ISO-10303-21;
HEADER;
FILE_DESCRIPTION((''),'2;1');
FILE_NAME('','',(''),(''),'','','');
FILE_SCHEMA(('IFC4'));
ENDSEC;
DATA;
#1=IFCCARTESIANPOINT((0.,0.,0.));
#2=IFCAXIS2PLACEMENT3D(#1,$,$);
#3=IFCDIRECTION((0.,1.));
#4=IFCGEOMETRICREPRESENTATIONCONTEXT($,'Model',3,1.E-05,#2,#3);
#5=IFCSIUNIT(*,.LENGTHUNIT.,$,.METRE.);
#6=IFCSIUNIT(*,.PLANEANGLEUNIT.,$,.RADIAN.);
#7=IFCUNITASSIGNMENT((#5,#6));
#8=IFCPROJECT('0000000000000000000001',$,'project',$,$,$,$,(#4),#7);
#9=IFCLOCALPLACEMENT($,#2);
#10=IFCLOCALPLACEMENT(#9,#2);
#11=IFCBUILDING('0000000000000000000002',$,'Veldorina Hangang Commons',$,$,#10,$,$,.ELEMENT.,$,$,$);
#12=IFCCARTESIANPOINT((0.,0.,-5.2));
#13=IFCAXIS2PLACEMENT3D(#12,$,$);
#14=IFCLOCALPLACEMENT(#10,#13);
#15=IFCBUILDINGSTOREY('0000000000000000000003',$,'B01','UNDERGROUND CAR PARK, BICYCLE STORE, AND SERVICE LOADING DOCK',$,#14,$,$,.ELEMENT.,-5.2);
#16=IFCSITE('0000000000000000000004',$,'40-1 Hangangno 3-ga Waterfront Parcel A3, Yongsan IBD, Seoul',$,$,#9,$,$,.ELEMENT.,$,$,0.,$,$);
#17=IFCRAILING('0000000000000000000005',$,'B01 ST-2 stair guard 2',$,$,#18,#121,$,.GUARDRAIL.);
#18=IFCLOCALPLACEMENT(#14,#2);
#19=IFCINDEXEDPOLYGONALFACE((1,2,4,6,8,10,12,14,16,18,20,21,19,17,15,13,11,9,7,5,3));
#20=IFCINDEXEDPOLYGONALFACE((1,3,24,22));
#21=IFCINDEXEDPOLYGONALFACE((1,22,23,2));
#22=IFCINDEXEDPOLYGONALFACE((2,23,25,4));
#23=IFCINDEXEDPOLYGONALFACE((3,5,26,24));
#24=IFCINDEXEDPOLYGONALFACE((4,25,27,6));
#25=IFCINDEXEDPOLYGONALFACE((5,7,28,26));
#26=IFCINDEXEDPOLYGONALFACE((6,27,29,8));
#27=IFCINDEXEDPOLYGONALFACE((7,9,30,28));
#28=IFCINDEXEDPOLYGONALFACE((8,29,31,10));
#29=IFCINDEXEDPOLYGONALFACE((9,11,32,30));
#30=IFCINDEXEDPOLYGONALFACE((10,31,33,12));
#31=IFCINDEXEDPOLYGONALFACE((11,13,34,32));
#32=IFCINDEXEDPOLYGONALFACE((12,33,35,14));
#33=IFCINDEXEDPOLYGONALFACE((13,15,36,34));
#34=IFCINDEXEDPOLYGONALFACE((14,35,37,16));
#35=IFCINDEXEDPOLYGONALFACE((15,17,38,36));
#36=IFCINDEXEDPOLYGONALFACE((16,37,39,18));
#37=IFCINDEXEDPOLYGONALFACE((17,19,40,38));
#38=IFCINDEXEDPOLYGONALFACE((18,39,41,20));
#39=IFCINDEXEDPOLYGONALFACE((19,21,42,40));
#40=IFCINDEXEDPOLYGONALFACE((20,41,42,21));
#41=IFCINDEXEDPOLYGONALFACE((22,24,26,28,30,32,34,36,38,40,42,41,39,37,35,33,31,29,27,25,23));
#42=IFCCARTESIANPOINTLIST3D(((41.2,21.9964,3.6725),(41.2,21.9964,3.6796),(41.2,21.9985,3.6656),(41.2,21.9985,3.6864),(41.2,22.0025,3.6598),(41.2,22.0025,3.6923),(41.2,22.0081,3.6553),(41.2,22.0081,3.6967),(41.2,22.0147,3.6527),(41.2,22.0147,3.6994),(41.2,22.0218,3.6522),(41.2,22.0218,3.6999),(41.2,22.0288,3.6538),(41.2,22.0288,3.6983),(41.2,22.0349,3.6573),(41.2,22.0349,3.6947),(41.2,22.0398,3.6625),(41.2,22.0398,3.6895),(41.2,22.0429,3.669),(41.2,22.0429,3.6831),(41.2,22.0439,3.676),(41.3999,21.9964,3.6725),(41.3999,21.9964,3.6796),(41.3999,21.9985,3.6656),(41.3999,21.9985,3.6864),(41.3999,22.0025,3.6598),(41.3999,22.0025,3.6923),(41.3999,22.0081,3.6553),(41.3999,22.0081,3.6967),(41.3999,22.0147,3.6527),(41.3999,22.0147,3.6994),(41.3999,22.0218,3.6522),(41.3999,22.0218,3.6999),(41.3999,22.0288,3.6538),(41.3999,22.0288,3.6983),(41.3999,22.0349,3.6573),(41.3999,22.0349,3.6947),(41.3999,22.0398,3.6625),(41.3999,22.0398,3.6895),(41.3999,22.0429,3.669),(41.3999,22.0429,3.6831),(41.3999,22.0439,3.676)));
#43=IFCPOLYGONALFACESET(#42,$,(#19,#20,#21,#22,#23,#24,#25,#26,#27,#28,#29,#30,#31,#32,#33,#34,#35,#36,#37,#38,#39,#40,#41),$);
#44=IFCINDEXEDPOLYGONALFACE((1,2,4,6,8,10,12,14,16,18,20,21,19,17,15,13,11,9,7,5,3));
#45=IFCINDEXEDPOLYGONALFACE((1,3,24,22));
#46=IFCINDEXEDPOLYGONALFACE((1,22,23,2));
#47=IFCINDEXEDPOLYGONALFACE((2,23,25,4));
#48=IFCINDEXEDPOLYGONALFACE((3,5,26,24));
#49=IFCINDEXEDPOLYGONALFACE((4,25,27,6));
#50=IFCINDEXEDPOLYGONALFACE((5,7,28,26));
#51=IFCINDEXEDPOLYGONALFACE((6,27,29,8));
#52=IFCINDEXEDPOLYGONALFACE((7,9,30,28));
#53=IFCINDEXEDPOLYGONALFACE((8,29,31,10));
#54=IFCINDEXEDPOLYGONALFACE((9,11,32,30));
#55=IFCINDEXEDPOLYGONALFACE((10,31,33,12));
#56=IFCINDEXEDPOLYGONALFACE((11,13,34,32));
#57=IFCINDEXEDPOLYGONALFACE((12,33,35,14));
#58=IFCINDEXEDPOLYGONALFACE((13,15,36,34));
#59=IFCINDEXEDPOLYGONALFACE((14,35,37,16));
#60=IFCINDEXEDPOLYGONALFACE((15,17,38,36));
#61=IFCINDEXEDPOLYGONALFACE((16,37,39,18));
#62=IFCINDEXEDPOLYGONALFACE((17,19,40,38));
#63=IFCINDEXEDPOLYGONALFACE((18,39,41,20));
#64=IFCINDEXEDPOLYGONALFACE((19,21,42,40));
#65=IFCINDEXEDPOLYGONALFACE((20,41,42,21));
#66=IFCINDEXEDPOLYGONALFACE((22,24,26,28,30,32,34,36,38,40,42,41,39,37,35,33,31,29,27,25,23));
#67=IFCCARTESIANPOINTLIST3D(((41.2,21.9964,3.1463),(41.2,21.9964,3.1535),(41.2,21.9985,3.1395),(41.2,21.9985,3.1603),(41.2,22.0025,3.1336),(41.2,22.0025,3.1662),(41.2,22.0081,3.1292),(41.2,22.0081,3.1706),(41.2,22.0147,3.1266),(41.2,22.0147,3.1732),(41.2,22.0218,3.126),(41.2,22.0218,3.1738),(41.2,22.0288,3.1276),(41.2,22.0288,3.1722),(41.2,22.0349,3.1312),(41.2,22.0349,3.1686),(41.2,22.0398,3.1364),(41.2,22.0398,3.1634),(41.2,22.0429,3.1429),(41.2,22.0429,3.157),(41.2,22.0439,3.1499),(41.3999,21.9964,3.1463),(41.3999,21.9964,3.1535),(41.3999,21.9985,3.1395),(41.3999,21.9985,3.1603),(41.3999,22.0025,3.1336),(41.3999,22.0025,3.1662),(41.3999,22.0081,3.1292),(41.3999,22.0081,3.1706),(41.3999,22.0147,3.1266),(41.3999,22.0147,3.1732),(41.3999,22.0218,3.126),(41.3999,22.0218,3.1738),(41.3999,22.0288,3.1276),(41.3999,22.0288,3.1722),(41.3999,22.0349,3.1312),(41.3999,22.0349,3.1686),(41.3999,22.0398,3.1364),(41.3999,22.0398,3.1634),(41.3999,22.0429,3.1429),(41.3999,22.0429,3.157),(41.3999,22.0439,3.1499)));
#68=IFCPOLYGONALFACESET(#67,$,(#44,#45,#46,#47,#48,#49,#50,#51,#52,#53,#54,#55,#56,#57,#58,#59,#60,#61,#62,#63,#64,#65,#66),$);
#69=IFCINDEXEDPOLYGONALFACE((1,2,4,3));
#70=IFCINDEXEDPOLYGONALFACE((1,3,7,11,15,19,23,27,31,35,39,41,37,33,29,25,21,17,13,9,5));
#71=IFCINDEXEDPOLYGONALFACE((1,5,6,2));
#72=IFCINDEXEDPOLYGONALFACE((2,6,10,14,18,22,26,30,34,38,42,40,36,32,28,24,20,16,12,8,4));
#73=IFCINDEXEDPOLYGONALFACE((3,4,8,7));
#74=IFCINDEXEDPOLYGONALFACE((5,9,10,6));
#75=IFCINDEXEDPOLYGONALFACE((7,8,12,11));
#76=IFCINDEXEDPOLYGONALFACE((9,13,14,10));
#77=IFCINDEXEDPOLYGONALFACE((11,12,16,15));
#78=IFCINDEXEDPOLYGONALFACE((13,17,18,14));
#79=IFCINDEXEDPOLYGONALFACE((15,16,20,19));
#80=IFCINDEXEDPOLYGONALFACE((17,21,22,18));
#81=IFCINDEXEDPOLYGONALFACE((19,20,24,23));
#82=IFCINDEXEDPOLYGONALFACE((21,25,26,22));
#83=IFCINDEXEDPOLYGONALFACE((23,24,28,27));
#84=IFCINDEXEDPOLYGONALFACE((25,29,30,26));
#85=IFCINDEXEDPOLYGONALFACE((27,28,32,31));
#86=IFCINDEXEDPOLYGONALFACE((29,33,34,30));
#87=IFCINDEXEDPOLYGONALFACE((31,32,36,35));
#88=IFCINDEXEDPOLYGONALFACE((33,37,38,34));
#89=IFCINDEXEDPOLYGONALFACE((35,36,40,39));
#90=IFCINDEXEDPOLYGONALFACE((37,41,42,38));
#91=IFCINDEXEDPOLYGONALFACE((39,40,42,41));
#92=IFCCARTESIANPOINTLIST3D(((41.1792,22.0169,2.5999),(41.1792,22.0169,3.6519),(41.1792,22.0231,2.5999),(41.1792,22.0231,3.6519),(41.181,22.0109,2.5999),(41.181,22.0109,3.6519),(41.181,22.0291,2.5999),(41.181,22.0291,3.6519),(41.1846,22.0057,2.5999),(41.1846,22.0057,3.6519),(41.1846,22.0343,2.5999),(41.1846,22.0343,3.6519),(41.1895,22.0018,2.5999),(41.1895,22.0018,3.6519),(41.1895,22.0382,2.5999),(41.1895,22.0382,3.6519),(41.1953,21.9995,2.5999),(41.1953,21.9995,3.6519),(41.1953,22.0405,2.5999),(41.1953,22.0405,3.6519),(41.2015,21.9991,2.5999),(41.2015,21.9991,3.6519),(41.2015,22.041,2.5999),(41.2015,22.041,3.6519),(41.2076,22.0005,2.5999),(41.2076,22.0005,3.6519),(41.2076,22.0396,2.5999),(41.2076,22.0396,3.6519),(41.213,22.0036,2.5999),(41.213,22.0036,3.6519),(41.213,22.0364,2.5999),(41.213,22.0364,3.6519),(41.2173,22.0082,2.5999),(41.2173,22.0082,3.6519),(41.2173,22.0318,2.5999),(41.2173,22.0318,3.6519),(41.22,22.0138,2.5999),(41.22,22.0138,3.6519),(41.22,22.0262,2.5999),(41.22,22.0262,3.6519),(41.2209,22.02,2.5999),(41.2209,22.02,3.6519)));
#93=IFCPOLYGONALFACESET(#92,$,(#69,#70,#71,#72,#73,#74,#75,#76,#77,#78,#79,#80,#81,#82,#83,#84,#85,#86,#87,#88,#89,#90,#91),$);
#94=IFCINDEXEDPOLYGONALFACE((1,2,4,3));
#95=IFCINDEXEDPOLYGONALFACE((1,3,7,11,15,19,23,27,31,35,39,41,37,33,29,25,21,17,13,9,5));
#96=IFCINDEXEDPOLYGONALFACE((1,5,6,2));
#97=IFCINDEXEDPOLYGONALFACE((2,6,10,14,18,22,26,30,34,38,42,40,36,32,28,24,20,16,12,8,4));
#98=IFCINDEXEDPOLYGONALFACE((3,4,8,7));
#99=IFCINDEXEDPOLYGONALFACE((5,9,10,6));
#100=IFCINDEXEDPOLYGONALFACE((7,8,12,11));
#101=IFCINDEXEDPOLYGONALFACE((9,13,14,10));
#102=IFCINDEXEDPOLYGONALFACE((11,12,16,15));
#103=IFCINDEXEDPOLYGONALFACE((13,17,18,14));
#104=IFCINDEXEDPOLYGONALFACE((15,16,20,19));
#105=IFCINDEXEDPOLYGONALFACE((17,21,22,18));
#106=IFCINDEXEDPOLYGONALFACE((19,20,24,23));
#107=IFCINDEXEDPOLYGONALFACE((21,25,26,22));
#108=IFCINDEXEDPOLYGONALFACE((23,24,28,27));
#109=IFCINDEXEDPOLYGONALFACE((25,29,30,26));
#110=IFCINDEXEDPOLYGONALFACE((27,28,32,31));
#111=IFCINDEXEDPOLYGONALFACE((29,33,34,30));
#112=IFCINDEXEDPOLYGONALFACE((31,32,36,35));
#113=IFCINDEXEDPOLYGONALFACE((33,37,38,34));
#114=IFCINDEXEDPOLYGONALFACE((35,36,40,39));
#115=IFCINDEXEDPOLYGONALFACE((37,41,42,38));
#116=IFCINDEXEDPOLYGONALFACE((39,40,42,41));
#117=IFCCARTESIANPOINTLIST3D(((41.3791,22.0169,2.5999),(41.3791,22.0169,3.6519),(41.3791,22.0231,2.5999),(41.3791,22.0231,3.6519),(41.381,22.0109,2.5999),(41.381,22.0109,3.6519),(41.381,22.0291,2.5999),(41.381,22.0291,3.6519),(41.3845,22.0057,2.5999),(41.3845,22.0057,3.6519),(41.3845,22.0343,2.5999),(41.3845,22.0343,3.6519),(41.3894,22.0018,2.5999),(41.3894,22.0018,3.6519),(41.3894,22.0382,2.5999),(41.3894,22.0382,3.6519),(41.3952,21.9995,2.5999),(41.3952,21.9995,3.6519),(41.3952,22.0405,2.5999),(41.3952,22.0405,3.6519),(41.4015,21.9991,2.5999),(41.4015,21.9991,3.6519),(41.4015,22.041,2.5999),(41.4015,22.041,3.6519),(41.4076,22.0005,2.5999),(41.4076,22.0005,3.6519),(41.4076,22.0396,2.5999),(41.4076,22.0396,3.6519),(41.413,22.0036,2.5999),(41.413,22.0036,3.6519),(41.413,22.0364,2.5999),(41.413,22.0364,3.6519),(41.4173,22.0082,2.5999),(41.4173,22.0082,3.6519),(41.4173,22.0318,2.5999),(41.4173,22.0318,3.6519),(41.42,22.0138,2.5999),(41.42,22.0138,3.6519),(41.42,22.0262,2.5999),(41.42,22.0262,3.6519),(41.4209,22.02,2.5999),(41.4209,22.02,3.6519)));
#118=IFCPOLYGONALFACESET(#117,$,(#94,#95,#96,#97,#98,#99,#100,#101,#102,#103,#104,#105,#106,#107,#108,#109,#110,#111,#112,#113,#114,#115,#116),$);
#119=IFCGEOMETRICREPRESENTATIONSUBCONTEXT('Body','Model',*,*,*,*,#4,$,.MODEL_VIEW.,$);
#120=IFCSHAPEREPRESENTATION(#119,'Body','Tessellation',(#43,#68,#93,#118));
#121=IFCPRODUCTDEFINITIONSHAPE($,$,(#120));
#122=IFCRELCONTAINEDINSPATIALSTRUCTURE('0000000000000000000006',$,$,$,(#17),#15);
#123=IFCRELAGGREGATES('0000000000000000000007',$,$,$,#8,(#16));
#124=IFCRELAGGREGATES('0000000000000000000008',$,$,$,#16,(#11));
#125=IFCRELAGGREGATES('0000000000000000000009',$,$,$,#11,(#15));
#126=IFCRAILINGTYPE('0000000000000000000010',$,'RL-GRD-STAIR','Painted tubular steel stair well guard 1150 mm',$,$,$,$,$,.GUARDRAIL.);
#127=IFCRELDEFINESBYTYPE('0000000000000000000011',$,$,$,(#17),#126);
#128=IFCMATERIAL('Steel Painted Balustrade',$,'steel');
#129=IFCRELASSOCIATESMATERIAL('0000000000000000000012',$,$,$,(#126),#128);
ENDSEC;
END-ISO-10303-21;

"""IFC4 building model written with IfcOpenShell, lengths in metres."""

from ifc_helpers import new_model, si_unit, direction, frame, origin, origin_2d, place, context, subcontext, project, spatial, circle, extrude, material, type_object, element, save


model = new_model("IFC4")

# Units and contexts
model_context = context("Model", 3, precision=1e-05, world=origin(), true_north=direction((0.0, 1.0)))
body_context = subcontext(model_context, "Body", "Model", "MODEL_VIEW")
ifc_project = project(units=[si_unit("LENGTHUNIT", "METRE"), si_unit("PLANEANGLEUNIT", "RADIAN")], contexts=[model_context])

# Site, building, storey
site_placement = place(None, origin())
site = spatial("IfcSite", under=ifc_project, at=site_placement, Name="40-1 Hangangno 3-ga Waterfront Parcel A3, Yongsan IBD, Seoul", CompositionType="ELEMENT", RefElevation=0.0)
building_placement = place(site_placement, origin())
building = spatial("IfcBuilding", under=site, at=building_placement, Name="Veldorina Hangang Commons", CompositionType="ELEMENT")
storey_placement = place(building_placement, frame((0.0, 0.0, -5.2)))
storey = spatial("IfcBuildingStorey", under=building, at=storey_placement, Name="B01", Description="UNDERGROUND CAR PARK, BICYCLE STORE, AND SERVICE LOADING DOCK", CompositionType="ELEMENT", Elevation=-5.2)

# Railing
ifc_material_1 = material(Name="Steel Painted Balustrade", Category="steel")
railing_type_1 = type_object("IfcRailingType", Name="RL-GRD-STAIR", Description="Painted tubular steel stair well guard 1150 mm", PredefinedType="GUARDRAIL", material=ifc_material_1)
railing_1_placement = place(storey_placement, frame((41.2, 22.02, 2.5999)))
element("IfcRailing", 1, at=railing_1_placement, inside=storey, type_object=railing_type_1, Name="B01 ST-2 stair guard 2", PredefinedType="GUARDRAIL", context=body_context, shape_type="SweptSolid", body=[
    extrude(circle(Radius=0.0239, at=origin_2d()), frame((0.0, 0.0, 1.0762), z_axis=(1.0, 0.0, 0.0), x_axis=(0.0, 1.0, 0.0)), (0.0, 0.0, 1.0), 0.2),
    extrude(circle(Radius=0.0239, at=origin_2d()), frame((0.0, 0.0, 0.55), z_axis=(1.0, 0.0, 0.0), x_axis=(0.0, 1.0, 0.0)), (0.0, 0.0, 1.0), 0.2),
    extrude(circle(Radius=0.021, at=origin_2d()), origin(), (0.0, 0.0, 1.0), 1.052),
    extrude(circle(Radius=0.021, at=origin_2d()), frame((0.2, 0.0, 0.0)), (0.0, 0.0, 1.0), 1.052),
])

save(model, "model.ifc")
